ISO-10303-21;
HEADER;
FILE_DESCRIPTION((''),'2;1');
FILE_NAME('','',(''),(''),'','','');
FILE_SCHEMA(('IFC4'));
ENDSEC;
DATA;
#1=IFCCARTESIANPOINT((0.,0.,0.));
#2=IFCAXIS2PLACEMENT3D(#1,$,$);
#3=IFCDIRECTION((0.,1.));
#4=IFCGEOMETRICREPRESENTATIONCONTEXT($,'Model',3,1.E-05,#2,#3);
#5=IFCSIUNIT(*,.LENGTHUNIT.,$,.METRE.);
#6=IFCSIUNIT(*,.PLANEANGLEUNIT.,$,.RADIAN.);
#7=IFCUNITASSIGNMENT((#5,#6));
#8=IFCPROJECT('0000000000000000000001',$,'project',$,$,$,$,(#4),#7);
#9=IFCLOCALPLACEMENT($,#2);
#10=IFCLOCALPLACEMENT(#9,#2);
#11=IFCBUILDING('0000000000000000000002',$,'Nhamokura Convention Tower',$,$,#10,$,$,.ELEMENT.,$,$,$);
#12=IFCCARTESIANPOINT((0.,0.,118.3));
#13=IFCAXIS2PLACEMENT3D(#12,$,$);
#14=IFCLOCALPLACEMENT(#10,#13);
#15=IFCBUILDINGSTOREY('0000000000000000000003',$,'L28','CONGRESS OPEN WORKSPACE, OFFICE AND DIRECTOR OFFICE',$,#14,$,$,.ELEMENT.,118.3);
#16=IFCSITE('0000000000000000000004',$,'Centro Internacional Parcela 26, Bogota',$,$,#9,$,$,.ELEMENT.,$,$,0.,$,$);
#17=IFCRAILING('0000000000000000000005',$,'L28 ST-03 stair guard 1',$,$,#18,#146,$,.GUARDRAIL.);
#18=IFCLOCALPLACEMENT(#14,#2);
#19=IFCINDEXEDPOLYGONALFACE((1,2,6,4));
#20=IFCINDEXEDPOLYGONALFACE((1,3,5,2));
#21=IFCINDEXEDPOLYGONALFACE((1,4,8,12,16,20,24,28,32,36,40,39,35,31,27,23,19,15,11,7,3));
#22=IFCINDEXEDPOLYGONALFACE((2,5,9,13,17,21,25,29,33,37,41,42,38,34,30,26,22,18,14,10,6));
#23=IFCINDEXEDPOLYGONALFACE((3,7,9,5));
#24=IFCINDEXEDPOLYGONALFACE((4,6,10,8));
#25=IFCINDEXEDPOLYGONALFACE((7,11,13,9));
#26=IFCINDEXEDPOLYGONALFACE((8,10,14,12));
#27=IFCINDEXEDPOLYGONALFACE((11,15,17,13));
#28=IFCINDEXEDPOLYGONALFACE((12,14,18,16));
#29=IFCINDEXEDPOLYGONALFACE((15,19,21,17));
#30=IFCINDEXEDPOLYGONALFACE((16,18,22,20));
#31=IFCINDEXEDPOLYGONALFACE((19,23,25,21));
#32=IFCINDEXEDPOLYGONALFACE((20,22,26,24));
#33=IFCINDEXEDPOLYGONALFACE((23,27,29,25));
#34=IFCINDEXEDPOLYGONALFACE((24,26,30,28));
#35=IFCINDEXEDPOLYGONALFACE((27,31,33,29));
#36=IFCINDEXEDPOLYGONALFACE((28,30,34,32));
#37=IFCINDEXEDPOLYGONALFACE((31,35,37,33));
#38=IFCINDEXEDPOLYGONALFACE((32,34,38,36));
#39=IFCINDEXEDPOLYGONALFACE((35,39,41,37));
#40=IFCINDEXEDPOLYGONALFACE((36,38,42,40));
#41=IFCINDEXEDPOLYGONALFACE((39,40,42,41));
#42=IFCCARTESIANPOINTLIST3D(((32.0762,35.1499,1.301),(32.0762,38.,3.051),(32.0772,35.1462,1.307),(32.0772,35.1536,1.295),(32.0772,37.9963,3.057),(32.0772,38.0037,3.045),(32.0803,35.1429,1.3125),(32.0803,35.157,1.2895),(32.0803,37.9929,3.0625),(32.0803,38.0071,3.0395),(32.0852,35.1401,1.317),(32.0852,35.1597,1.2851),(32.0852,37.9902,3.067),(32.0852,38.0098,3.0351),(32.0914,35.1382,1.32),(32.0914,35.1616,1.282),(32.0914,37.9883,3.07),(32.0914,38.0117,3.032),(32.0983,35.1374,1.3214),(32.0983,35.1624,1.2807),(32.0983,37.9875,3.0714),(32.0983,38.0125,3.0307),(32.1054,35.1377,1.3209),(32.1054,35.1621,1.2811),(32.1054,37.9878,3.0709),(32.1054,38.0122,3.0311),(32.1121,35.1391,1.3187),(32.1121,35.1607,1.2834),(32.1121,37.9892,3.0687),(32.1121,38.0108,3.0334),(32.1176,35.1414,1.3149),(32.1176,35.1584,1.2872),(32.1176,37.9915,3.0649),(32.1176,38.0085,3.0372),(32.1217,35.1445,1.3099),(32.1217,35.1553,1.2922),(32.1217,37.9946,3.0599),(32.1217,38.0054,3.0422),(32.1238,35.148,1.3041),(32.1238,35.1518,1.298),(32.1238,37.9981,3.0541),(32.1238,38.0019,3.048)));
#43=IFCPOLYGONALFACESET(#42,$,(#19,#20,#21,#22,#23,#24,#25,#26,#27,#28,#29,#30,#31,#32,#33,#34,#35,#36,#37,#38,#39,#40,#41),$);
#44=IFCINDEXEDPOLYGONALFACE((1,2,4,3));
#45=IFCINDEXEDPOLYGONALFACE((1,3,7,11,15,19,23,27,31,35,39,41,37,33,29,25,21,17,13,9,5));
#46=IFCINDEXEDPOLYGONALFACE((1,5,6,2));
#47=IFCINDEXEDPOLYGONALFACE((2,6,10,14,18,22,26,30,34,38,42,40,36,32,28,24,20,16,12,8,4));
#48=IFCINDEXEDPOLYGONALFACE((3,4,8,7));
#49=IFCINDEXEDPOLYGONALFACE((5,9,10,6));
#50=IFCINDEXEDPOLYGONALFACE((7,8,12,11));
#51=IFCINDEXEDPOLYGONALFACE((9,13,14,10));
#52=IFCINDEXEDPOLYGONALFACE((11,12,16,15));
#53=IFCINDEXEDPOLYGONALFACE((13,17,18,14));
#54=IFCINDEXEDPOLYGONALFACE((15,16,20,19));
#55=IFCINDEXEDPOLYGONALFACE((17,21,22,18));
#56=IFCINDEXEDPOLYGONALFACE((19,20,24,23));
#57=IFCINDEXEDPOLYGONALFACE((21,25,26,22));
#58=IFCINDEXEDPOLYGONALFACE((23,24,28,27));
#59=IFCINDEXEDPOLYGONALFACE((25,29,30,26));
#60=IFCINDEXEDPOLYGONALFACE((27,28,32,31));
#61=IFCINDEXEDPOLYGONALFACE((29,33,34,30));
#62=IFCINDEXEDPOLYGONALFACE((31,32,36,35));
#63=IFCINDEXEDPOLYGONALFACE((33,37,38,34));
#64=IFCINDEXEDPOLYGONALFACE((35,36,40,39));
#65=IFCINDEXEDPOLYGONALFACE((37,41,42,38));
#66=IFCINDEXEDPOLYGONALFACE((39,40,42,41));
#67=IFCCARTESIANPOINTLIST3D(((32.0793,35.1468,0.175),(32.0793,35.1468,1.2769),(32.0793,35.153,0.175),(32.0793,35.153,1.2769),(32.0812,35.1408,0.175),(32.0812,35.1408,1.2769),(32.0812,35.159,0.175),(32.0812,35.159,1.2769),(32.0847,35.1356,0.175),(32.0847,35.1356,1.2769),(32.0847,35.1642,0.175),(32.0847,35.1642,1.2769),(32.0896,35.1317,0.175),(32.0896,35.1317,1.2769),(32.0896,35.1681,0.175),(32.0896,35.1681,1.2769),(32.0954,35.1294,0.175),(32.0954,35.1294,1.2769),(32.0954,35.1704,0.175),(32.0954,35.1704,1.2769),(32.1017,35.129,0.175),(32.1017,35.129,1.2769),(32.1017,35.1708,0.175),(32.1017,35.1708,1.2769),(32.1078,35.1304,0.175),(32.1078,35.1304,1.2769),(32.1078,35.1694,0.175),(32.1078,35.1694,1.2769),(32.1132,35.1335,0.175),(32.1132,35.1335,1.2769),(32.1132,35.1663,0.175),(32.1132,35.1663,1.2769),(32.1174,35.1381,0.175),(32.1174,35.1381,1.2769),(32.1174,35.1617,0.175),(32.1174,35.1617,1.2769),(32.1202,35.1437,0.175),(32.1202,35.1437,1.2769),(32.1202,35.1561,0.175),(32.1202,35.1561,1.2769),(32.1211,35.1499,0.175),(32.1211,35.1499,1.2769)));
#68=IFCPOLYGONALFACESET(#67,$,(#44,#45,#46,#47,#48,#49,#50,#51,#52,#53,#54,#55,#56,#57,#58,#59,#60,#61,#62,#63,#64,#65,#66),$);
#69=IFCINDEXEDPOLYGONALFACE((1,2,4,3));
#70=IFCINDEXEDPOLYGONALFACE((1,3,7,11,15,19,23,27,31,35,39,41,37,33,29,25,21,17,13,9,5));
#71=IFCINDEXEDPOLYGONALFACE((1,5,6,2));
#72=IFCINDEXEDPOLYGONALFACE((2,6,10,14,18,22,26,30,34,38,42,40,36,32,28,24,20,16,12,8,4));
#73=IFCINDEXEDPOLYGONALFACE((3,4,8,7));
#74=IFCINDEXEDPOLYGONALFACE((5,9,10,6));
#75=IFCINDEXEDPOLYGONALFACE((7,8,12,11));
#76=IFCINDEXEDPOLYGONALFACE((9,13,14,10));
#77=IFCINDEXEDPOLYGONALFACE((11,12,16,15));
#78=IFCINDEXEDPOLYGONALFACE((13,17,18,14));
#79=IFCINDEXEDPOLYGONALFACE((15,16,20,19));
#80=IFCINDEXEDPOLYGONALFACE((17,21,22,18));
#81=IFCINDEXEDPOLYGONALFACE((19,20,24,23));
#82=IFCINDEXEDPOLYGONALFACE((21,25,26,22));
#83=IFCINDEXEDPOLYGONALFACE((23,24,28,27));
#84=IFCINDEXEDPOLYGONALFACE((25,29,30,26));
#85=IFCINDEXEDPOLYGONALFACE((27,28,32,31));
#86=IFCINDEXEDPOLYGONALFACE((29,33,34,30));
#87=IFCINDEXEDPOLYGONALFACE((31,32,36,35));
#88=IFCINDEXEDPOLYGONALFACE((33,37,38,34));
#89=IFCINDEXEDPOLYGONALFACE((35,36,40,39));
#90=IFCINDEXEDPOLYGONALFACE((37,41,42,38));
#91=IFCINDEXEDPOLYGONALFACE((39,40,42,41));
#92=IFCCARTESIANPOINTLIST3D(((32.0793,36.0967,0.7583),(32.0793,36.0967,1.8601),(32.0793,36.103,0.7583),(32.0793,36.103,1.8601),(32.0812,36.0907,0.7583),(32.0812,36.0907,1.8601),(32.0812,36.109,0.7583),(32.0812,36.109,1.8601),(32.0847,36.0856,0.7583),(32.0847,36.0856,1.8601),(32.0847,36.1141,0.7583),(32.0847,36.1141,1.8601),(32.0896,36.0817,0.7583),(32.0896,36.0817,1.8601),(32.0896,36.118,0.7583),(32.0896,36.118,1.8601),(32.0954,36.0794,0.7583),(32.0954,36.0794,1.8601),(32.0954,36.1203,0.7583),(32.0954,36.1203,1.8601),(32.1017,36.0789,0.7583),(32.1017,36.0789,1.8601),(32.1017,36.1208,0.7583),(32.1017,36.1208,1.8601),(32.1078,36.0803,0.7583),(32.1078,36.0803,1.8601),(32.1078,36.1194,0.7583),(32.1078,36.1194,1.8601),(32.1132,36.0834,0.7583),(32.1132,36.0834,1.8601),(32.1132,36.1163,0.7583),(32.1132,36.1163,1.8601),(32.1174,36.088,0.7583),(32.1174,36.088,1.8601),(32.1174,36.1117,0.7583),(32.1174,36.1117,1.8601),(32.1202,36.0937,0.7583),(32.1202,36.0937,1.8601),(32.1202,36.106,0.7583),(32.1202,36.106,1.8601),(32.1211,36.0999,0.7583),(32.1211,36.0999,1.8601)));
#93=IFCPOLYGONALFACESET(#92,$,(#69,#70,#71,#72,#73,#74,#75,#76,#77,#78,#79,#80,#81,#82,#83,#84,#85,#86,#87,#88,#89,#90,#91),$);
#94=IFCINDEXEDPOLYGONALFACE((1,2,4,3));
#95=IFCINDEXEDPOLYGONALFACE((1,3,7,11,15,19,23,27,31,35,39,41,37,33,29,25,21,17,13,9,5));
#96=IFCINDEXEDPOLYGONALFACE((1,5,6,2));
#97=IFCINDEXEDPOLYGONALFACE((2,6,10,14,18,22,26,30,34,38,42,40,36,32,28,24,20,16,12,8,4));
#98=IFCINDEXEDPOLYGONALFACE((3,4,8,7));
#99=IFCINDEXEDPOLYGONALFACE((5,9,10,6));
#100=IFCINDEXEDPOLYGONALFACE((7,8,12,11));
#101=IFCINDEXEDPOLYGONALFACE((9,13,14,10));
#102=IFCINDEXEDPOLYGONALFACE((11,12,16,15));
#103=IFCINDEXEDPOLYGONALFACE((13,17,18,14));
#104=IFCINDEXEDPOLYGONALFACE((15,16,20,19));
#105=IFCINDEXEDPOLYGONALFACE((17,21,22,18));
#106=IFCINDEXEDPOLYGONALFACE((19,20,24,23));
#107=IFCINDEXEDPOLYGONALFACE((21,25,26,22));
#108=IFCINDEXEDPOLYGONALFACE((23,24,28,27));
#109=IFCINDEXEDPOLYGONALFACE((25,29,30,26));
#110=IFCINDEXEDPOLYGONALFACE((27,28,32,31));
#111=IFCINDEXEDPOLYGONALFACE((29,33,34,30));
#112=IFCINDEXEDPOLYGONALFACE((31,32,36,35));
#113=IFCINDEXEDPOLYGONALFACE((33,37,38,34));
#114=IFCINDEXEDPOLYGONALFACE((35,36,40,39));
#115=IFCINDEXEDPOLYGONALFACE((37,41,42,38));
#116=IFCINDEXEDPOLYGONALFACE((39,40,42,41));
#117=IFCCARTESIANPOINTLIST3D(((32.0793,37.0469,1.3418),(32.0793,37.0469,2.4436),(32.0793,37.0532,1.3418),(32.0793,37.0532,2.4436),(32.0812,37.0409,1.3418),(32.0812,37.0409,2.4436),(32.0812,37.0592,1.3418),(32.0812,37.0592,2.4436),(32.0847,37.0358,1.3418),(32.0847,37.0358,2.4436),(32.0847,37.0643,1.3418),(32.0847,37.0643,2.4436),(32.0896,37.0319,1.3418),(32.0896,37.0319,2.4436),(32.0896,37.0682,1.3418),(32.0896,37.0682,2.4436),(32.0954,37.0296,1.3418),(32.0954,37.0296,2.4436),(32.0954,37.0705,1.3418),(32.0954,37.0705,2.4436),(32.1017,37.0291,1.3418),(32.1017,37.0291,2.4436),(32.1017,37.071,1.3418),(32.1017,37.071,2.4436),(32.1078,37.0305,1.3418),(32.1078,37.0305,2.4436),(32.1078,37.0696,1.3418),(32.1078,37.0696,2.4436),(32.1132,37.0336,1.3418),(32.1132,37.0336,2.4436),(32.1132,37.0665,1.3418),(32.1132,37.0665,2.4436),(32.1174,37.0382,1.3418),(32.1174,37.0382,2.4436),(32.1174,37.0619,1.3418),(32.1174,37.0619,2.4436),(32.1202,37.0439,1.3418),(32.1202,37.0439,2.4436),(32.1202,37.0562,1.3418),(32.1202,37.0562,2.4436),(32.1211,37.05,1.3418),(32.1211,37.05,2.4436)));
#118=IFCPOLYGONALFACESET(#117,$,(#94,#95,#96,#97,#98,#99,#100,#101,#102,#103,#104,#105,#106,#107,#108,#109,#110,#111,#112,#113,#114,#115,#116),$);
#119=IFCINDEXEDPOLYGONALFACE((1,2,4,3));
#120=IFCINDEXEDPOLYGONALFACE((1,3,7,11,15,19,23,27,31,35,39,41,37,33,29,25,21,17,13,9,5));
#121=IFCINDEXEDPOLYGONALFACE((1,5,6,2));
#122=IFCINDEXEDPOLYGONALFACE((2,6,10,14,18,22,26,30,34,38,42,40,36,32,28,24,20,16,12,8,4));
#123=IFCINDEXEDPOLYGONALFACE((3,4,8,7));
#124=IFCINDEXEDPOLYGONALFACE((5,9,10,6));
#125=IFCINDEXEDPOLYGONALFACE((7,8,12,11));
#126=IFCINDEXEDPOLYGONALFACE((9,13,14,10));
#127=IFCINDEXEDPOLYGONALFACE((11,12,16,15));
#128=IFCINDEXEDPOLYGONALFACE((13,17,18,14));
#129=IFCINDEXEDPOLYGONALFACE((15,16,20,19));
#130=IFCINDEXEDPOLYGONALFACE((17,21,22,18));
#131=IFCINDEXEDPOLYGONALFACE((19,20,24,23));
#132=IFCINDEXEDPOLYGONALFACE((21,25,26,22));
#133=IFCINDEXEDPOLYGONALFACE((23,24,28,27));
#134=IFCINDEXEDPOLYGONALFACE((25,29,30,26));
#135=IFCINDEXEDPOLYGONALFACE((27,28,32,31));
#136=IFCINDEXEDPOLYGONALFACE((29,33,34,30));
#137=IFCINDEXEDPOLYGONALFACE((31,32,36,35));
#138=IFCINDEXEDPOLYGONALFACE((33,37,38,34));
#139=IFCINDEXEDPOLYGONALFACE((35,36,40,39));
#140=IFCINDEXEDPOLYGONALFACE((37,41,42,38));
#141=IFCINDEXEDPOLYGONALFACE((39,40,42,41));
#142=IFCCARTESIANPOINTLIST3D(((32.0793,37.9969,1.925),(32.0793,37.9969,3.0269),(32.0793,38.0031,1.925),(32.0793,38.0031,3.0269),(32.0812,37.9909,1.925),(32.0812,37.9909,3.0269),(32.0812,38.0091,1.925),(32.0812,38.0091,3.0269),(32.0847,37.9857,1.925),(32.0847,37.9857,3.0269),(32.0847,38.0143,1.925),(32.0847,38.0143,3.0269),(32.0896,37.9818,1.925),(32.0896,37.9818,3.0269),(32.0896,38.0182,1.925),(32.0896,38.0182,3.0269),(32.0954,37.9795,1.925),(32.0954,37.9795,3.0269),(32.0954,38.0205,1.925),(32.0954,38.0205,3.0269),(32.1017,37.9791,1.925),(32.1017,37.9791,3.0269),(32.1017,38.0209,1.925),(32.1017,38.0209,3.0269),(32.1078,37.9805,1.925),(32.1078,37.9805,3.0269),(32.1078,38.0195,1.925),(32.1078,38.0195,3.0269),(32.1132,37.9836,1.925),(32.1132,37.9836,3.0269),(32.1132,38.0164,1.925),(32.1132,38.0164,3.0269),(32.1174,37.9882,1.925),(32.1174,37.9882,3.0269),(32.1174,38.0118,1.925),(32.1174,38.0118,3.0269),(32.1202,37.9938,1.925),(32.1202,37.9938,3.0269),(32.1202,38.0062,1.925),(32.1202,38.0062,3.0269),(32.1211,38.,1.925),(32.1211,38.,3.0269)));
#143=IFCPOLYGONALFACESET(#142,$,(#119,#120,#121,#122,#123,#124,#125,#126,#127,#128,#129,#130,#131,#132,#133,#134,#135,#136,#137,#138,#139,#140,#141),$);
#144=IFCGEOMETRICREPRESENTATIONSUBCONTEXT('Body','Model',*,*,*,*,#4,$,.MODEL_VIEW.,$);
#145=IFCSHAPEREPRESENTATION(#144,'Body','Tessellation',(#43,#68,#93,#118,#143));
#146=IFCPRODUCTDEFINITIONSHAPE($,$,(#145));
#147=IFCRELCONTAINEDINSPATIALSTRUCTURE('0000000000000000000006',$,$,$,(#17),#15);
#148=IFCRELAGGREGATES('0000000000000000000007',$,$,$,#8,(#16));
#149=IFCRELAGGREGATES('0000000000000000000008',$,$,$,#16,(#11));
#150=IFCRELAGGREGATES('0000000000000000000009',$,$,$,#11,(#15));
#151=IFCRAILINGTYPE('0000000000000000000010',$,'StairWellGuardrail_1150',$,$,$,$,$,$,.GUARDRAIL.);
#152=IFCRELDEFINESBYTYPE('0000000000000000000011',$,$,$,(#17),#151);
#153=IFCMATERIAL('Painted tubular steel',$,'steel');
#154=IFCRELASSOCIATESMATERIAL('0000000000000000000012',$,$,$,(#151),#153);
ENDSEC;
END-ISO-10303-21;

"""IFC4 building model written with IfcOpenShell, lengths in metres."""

from ifc_helpers import new_model, si_unit, direction, frame, origin, origin_2d, place, context, subcontext, project, spatial, circle, extrude, material, type_object, element, save


model = new_model("IFC4")

# Units and contexts
model_context = context("Model", 3, precision=1e-05, world=origin(), true_north=direction((0.0, 1.0)))
body_context = subcontext(model_context, "Body", "Model", "MODEL_VIEW")
ifc_project = project(units=[si_unit("LENGTHUNIT", "METRE"), si_unit("PLANEANGLEUNIT", "RADIAN")], contexts=[model_context])

# Site, building, storey
site_placement = place(None, origin())
site = spatial("IfcSite", under=ifc_project, at=site_placement, Name="Centro Internacional Parcela 26, Bogota", CompositionType="ELEMENT", RefElevation=0.0)
building_placement = place(site_placement, origin())
building = spatial("IfcBuilding", under=site, at=building_placement, Name="Nhamokura Convention Tower", CompositionType="ELEMENT")
storey_placement = place(building_placement, frame((0.0, 0.0, 118.3)))
storey = spatial("IfcBuildingStorey", under=building, at=storey_placement, Name="L28", Description="CONGRESS OPEN WORKSPACE, OFFICE AND DIRECTOR OFFICE", CompositionType="ELEMENT", Elevation=118.3)

# Railing
ifc_material_1 = material(Name="Painted tubular steel", Category="steel")
railing_type_1 = type_object("IfcRailingType", Name="StairWellGuardrail_1150", PredefinedType="GUARDRAIL", material=ifc_material_1)
railing_1_placement = place(storey_placement, frame((32.1001, 35.1499, 0.175)))
element("IfcRailing", 1, at=railing_1_placement, inside=storey, type_object=railing_type_1, Name="L28 ST-03 stair guard 1", PredefinedType="GUARDRAIL", context=body_context, shape_type="SweptSolid", body=[
    extrude(circle(Radius=0.0239, at=origin_2d()), frame((0.0, 0.0, 1.126), z_axis=(0.0, 0.852179, 0.52325), x_axis=(-1.0, 0.0, 0.0)), (0.0, 0.0, 1.0), 3.3445),
    extrude(circle(Radius=0.021, at=origin_2d()), origin(), (0.0, 0.0, 1.0), 1.1018),
    extrude(circle(Radius=0.021, at=origin_2d()), frame((0.0, 0.95, 0.5833)), (0.0, 0.0, 1.0), 1.1018),
    extrude(circle(Radius=0.021, at=origin_2d()), frame((0.0, 1.9001, 1.1667)), (0.0, 0.0, 1.0), 1.1018),
    extrude(circle(Radius=0.021, at=origin_2d()), frame((0.0, 2.8501, 1.75)), (0.0, 0.0, 1.0), 1.1018),
])

save(model, "model.ifc")
